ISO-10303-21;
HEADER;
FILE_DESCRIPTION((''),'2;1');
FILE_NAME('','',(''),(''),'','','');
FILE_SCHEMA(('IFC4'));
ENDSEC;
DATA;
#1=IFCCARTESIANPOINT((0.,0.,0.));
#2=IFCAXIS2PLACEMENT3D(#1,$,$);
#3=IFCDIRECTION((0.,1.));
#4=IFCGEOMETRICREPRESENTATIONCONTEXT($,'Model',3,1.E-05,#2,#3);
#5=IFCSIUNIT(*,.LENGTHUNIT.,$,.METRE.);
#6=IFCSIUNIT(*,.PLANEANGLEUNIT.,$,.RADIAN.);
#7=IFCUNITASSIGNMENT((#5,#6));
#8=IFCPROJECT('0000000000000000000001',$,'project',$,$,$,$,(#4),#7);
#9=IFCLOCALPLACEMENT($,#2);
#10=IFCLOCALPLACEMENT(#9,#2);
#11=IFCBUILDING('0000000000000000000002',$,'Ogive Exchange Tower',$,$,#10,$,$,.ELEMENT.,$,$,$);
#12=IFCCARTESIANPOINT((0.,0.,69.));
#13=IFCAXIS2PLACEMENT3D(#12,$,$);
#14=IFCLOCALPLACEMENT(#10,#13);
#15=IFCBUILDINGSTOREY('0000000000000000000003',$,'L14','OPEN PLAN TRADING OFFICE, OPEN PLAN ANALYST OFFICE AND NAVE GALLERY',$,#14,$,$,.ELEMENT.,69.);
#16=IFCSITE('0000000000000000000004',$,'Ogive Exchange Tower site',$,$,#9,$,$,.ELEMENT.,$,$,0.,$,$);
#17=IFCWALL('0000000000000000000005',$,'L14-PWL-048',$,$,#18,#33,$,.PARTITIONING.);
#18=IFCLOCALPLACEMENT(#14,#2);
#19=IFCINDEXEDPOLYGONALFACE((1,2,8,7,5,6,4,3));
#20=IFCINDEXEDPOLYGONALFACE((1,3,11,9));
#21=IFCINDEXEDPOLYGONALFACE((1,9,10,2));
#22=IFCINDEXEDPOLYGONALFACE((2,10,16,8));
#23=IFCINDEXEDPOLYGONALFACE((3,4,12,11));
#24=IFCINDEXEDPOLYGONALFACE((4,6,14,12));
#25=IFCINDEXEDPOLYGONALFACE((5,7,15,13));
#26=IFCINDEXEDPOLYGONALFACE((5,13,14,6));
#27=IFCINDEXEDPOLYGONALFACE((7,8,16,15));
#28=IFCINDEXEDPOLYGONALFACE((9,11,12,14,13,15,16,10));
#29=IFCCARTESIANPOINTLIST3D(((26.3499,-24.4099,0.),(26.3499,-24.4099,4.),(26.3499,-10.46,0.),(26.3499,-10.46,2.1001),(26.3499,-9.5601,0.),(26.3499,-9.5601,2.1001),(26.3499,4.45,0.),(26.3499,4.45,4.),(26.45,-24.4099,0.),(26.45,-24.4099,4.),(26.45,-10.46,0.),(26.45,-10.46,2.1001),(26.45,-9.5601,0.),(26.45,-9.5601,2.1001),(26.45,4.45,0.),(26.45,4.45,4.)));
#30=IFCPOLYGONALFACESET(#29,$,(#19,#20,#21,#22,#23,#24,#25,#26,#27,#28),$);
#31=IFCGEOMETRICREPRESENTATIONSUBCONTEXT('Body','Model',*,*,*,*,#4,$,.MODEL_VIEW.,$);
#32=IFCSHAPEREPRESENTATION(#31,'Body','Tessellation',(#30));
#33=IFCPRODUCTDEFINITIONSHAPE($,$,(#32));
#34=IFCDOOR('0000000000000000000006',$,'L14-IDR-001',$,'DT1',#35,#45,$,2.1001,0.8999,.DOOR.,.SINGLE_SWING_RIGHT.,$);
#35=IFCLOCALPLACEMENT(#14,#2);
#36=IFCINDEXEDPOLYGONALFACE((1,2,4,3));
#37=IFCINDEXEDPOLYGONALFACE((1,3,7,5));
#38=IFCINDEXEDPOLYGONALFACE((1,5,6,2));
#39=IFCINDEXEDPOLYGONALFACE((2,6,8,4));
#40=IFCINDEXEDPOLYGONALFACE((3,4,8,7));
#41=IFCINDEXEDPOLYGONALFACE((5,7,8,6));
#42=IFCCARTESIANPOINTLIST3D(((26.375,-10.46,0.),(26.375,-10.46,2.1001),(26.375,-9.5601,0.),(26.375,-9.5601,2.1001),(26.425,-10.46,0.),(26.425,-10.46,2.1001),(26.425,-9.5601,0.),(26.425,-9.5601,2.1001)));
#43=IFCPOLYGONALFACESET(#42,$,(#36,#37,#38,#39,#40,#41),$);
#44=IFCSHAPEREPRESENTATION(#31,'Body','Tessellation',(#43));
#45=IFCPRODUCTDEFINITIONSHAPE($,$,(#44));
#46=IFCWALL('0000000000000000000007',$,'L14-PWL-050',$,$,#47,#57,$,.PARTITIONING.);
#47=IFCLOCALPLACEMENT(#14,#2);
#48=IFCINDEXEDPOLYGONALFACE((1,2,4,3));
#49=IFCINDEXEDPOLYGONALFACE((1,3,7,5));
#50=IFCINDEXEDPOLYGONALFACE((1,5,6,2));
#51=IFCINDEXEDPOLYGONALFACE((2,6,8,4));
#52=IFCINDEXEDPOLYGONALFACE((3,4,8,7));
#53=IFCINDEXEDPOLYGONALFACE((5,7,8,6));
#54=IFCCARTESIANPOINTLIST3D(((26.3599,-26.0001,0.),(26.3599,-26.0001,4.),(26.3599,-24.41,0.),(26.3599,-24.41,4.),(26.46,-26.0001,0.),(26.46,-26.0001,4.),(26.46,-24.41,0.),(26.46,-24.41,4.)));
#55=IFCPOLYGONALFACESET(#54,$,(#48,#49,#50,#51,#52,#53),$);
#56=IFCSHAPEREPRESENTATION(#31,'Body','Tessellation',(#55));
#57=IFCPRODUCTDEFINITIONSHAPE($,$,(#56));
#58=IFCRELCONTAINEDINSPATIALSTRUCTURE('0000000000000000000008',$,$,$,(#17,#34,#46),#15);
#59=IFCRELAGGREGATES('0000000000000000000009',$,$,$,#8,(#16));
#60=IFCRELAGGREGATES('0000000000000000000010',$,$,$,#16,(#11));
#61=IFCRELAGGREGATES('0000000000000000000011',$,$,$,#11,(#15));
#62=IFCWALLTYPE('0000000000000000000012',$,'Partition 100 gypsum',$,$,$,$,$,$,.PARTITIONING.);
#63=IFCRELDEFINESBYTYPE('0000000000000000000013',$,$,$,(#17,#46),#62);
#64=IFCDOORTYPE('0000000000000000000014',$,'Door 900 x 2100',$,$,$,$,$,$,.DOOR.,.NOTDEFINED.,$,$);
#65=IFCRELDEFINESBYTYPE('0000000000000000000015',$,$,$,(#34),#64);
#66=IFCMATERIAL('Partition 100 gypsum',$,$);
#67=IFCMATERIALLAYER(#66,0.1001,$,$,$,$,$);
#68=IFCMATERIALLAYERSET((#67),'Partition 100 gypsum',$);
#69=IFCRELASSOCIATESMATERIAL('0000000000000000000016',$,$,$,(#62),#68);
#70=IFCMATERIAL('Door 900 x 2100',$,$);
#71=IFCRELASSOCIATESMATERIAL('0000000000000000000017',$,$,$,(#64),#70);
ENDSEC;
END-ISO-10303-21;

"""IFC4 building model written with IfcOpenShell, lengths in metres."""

from ifc_helpers import new_model, si_unit, direction, frame, frame_2d, origin, place, context, subcontext, project, spatial, rectangle, extrude, material, layer, layer_set, type_object, element, fill, save


model = new_model("IFC4")

# Units and contexts
model_context = context("Model", 3, precision=1e-05, world=origin(), true_north=direction((0.0, 1.0)))
body_context = subcontext(model_context, "Body", "Model", "MODEL_VIEW")
ifc_project = project(units=[si_unit("LENGTHUNIT", "METRE"), si_unit("PLANEANGLEUNIT", "RADIAN")], contexts=[model_context])

# Site, building, storey
site_placement = place(None, origin())
site = spatial("IfcSite", under=ifc_project, at=site_placement, Name="Ogive Exchange Tower site", CompositionType="ELEMENT", RefElevation=0.0)
building_placement = place(site_placement, origin())
building = spatial("IfcBuilding", under=site, at=building_placement, Name="Ogive Exchange Tower", CompositionType="ELEMENT")
storey_placement = place(building_placement, frame((0.0, 0.0, 69.0)))
storey = spatial("IfcBuildingStorey", under=building, at=storey_placement, Name="L14", Description="OPEN PLAN TRADING OFFICE, OPEN PLAN ANALYST OFFICE AND NAVE GALLERY", CompositionType="ELEMENT", Elevation=69.0)

# Wall, opening, door
ifc_material_1 = material(Name="Partition 100 gypsum")
ifc_layer_1 = layer(ifc_material_1, 0.1001)
ifc_layer_set_1 = layer_set([ifc_layer_1], Name="Partition 100 gypsum")
wall_type_1 = type_object("IfcWallType", Name="Partition 100 gypsum", PredefinedType="PARTITIONING", material=ifc_layer_set_1)
wall_1_placement = place(storey_placement, frame((26.3999, -24.4099, 0.0), z_axis=(0.0, 0.0, 1.0), x_axis=(0.0, 1.0, 0.0)))
wall_1 = element("IfcWall", 1, at=wall_1_placement, inside=storey, type_object=wall_type_1, Name="L14-PWL-048", PredefinedType="PARTITIONING", context=body_context, shape_type="SweptSolid", body=[
    extrude(rectangle(XDim=28.8599, YDim=0.1001, at=frame_2d((14.4299, 0.0))), origin(), (0.0, 0.0, 1.0), 4.0),
])
opening_1_placement = place(wall_1_placement, frame((13.95, 0.0, 0.0)))
opening_1 = element("IfcOpeningElement", 2, at=opening_1_placement, cuts=wall_1, PredefinedType="OPENING", context=body_context, shape_type="SweptSolid", body=[
    extrude(rectangle(XDim=0.8999, YDim=2.1001, at=frame_2d((0.45, 1.05))), frame((0.0, 0.0601, 0.0), z_axis=(0.0, -1.0, 0.0), x_axis=(1.0, 0.0, 0.0)), (0.0, 0.0, 1.0), 0.1201),
])
ifc_material_2 = material(Name="Door 900 x 2100")
door_type_1 = type_object("IfcDoorType", Name="Door 900 x 2100", OperationType="NOTDEFINED", PredefinedType="DOOR", material=ifc_material_2)
door_1_placement = place(opening_1_placement, origin())
door_1 = element("IfcDoor", 3, at=door_1_placement, inside=storey, type_object=door_type_1, Name="L14-IDR-001", ObjectType="DT1", OperationType="SINGLE_SWING_RIGHT", OverallHeight=2.1001, OverallWidth=0.8999, PredefinedType="DOOR", context=body_context, shape_type="SweptSolid", body=[
    extrude(rectangle(XDim=0.8999, YDim=2.1001, at=frame_2d((0.45, 1.05))), frame((0.0, 0.0249, 0.0), z_axis=(0.0, -1.0, 0.0), x_axis=(1.0, 0.0, 0.0)), (0.0, 0.0, 1.0), 0.05),
])
fill(opening_1, door_1)

# Wall
wall_2_placement = place(storey_placement, frame((26.4099, -26.0, 0.0), z_axis=(0.0, 0.0, 1.0), x_axis=(0.0, 1.0, 0.0)))
element("IfcWall", 4, at=wall_2_placement, inside=storey, type_object=wall_type_1, Name="L14-PWL-050", PredefinedType="PARTITIONING", context=body_context, shape_type="SweptSolid", body=[
    extrude(rectangle(XDim=1.5901, YDim=0.1001, at=frame_2d((0.7949, 0.0))), origin(), (0.0, 0.0, 1.0), 4.0),
])

save(model, "model.ifc")
